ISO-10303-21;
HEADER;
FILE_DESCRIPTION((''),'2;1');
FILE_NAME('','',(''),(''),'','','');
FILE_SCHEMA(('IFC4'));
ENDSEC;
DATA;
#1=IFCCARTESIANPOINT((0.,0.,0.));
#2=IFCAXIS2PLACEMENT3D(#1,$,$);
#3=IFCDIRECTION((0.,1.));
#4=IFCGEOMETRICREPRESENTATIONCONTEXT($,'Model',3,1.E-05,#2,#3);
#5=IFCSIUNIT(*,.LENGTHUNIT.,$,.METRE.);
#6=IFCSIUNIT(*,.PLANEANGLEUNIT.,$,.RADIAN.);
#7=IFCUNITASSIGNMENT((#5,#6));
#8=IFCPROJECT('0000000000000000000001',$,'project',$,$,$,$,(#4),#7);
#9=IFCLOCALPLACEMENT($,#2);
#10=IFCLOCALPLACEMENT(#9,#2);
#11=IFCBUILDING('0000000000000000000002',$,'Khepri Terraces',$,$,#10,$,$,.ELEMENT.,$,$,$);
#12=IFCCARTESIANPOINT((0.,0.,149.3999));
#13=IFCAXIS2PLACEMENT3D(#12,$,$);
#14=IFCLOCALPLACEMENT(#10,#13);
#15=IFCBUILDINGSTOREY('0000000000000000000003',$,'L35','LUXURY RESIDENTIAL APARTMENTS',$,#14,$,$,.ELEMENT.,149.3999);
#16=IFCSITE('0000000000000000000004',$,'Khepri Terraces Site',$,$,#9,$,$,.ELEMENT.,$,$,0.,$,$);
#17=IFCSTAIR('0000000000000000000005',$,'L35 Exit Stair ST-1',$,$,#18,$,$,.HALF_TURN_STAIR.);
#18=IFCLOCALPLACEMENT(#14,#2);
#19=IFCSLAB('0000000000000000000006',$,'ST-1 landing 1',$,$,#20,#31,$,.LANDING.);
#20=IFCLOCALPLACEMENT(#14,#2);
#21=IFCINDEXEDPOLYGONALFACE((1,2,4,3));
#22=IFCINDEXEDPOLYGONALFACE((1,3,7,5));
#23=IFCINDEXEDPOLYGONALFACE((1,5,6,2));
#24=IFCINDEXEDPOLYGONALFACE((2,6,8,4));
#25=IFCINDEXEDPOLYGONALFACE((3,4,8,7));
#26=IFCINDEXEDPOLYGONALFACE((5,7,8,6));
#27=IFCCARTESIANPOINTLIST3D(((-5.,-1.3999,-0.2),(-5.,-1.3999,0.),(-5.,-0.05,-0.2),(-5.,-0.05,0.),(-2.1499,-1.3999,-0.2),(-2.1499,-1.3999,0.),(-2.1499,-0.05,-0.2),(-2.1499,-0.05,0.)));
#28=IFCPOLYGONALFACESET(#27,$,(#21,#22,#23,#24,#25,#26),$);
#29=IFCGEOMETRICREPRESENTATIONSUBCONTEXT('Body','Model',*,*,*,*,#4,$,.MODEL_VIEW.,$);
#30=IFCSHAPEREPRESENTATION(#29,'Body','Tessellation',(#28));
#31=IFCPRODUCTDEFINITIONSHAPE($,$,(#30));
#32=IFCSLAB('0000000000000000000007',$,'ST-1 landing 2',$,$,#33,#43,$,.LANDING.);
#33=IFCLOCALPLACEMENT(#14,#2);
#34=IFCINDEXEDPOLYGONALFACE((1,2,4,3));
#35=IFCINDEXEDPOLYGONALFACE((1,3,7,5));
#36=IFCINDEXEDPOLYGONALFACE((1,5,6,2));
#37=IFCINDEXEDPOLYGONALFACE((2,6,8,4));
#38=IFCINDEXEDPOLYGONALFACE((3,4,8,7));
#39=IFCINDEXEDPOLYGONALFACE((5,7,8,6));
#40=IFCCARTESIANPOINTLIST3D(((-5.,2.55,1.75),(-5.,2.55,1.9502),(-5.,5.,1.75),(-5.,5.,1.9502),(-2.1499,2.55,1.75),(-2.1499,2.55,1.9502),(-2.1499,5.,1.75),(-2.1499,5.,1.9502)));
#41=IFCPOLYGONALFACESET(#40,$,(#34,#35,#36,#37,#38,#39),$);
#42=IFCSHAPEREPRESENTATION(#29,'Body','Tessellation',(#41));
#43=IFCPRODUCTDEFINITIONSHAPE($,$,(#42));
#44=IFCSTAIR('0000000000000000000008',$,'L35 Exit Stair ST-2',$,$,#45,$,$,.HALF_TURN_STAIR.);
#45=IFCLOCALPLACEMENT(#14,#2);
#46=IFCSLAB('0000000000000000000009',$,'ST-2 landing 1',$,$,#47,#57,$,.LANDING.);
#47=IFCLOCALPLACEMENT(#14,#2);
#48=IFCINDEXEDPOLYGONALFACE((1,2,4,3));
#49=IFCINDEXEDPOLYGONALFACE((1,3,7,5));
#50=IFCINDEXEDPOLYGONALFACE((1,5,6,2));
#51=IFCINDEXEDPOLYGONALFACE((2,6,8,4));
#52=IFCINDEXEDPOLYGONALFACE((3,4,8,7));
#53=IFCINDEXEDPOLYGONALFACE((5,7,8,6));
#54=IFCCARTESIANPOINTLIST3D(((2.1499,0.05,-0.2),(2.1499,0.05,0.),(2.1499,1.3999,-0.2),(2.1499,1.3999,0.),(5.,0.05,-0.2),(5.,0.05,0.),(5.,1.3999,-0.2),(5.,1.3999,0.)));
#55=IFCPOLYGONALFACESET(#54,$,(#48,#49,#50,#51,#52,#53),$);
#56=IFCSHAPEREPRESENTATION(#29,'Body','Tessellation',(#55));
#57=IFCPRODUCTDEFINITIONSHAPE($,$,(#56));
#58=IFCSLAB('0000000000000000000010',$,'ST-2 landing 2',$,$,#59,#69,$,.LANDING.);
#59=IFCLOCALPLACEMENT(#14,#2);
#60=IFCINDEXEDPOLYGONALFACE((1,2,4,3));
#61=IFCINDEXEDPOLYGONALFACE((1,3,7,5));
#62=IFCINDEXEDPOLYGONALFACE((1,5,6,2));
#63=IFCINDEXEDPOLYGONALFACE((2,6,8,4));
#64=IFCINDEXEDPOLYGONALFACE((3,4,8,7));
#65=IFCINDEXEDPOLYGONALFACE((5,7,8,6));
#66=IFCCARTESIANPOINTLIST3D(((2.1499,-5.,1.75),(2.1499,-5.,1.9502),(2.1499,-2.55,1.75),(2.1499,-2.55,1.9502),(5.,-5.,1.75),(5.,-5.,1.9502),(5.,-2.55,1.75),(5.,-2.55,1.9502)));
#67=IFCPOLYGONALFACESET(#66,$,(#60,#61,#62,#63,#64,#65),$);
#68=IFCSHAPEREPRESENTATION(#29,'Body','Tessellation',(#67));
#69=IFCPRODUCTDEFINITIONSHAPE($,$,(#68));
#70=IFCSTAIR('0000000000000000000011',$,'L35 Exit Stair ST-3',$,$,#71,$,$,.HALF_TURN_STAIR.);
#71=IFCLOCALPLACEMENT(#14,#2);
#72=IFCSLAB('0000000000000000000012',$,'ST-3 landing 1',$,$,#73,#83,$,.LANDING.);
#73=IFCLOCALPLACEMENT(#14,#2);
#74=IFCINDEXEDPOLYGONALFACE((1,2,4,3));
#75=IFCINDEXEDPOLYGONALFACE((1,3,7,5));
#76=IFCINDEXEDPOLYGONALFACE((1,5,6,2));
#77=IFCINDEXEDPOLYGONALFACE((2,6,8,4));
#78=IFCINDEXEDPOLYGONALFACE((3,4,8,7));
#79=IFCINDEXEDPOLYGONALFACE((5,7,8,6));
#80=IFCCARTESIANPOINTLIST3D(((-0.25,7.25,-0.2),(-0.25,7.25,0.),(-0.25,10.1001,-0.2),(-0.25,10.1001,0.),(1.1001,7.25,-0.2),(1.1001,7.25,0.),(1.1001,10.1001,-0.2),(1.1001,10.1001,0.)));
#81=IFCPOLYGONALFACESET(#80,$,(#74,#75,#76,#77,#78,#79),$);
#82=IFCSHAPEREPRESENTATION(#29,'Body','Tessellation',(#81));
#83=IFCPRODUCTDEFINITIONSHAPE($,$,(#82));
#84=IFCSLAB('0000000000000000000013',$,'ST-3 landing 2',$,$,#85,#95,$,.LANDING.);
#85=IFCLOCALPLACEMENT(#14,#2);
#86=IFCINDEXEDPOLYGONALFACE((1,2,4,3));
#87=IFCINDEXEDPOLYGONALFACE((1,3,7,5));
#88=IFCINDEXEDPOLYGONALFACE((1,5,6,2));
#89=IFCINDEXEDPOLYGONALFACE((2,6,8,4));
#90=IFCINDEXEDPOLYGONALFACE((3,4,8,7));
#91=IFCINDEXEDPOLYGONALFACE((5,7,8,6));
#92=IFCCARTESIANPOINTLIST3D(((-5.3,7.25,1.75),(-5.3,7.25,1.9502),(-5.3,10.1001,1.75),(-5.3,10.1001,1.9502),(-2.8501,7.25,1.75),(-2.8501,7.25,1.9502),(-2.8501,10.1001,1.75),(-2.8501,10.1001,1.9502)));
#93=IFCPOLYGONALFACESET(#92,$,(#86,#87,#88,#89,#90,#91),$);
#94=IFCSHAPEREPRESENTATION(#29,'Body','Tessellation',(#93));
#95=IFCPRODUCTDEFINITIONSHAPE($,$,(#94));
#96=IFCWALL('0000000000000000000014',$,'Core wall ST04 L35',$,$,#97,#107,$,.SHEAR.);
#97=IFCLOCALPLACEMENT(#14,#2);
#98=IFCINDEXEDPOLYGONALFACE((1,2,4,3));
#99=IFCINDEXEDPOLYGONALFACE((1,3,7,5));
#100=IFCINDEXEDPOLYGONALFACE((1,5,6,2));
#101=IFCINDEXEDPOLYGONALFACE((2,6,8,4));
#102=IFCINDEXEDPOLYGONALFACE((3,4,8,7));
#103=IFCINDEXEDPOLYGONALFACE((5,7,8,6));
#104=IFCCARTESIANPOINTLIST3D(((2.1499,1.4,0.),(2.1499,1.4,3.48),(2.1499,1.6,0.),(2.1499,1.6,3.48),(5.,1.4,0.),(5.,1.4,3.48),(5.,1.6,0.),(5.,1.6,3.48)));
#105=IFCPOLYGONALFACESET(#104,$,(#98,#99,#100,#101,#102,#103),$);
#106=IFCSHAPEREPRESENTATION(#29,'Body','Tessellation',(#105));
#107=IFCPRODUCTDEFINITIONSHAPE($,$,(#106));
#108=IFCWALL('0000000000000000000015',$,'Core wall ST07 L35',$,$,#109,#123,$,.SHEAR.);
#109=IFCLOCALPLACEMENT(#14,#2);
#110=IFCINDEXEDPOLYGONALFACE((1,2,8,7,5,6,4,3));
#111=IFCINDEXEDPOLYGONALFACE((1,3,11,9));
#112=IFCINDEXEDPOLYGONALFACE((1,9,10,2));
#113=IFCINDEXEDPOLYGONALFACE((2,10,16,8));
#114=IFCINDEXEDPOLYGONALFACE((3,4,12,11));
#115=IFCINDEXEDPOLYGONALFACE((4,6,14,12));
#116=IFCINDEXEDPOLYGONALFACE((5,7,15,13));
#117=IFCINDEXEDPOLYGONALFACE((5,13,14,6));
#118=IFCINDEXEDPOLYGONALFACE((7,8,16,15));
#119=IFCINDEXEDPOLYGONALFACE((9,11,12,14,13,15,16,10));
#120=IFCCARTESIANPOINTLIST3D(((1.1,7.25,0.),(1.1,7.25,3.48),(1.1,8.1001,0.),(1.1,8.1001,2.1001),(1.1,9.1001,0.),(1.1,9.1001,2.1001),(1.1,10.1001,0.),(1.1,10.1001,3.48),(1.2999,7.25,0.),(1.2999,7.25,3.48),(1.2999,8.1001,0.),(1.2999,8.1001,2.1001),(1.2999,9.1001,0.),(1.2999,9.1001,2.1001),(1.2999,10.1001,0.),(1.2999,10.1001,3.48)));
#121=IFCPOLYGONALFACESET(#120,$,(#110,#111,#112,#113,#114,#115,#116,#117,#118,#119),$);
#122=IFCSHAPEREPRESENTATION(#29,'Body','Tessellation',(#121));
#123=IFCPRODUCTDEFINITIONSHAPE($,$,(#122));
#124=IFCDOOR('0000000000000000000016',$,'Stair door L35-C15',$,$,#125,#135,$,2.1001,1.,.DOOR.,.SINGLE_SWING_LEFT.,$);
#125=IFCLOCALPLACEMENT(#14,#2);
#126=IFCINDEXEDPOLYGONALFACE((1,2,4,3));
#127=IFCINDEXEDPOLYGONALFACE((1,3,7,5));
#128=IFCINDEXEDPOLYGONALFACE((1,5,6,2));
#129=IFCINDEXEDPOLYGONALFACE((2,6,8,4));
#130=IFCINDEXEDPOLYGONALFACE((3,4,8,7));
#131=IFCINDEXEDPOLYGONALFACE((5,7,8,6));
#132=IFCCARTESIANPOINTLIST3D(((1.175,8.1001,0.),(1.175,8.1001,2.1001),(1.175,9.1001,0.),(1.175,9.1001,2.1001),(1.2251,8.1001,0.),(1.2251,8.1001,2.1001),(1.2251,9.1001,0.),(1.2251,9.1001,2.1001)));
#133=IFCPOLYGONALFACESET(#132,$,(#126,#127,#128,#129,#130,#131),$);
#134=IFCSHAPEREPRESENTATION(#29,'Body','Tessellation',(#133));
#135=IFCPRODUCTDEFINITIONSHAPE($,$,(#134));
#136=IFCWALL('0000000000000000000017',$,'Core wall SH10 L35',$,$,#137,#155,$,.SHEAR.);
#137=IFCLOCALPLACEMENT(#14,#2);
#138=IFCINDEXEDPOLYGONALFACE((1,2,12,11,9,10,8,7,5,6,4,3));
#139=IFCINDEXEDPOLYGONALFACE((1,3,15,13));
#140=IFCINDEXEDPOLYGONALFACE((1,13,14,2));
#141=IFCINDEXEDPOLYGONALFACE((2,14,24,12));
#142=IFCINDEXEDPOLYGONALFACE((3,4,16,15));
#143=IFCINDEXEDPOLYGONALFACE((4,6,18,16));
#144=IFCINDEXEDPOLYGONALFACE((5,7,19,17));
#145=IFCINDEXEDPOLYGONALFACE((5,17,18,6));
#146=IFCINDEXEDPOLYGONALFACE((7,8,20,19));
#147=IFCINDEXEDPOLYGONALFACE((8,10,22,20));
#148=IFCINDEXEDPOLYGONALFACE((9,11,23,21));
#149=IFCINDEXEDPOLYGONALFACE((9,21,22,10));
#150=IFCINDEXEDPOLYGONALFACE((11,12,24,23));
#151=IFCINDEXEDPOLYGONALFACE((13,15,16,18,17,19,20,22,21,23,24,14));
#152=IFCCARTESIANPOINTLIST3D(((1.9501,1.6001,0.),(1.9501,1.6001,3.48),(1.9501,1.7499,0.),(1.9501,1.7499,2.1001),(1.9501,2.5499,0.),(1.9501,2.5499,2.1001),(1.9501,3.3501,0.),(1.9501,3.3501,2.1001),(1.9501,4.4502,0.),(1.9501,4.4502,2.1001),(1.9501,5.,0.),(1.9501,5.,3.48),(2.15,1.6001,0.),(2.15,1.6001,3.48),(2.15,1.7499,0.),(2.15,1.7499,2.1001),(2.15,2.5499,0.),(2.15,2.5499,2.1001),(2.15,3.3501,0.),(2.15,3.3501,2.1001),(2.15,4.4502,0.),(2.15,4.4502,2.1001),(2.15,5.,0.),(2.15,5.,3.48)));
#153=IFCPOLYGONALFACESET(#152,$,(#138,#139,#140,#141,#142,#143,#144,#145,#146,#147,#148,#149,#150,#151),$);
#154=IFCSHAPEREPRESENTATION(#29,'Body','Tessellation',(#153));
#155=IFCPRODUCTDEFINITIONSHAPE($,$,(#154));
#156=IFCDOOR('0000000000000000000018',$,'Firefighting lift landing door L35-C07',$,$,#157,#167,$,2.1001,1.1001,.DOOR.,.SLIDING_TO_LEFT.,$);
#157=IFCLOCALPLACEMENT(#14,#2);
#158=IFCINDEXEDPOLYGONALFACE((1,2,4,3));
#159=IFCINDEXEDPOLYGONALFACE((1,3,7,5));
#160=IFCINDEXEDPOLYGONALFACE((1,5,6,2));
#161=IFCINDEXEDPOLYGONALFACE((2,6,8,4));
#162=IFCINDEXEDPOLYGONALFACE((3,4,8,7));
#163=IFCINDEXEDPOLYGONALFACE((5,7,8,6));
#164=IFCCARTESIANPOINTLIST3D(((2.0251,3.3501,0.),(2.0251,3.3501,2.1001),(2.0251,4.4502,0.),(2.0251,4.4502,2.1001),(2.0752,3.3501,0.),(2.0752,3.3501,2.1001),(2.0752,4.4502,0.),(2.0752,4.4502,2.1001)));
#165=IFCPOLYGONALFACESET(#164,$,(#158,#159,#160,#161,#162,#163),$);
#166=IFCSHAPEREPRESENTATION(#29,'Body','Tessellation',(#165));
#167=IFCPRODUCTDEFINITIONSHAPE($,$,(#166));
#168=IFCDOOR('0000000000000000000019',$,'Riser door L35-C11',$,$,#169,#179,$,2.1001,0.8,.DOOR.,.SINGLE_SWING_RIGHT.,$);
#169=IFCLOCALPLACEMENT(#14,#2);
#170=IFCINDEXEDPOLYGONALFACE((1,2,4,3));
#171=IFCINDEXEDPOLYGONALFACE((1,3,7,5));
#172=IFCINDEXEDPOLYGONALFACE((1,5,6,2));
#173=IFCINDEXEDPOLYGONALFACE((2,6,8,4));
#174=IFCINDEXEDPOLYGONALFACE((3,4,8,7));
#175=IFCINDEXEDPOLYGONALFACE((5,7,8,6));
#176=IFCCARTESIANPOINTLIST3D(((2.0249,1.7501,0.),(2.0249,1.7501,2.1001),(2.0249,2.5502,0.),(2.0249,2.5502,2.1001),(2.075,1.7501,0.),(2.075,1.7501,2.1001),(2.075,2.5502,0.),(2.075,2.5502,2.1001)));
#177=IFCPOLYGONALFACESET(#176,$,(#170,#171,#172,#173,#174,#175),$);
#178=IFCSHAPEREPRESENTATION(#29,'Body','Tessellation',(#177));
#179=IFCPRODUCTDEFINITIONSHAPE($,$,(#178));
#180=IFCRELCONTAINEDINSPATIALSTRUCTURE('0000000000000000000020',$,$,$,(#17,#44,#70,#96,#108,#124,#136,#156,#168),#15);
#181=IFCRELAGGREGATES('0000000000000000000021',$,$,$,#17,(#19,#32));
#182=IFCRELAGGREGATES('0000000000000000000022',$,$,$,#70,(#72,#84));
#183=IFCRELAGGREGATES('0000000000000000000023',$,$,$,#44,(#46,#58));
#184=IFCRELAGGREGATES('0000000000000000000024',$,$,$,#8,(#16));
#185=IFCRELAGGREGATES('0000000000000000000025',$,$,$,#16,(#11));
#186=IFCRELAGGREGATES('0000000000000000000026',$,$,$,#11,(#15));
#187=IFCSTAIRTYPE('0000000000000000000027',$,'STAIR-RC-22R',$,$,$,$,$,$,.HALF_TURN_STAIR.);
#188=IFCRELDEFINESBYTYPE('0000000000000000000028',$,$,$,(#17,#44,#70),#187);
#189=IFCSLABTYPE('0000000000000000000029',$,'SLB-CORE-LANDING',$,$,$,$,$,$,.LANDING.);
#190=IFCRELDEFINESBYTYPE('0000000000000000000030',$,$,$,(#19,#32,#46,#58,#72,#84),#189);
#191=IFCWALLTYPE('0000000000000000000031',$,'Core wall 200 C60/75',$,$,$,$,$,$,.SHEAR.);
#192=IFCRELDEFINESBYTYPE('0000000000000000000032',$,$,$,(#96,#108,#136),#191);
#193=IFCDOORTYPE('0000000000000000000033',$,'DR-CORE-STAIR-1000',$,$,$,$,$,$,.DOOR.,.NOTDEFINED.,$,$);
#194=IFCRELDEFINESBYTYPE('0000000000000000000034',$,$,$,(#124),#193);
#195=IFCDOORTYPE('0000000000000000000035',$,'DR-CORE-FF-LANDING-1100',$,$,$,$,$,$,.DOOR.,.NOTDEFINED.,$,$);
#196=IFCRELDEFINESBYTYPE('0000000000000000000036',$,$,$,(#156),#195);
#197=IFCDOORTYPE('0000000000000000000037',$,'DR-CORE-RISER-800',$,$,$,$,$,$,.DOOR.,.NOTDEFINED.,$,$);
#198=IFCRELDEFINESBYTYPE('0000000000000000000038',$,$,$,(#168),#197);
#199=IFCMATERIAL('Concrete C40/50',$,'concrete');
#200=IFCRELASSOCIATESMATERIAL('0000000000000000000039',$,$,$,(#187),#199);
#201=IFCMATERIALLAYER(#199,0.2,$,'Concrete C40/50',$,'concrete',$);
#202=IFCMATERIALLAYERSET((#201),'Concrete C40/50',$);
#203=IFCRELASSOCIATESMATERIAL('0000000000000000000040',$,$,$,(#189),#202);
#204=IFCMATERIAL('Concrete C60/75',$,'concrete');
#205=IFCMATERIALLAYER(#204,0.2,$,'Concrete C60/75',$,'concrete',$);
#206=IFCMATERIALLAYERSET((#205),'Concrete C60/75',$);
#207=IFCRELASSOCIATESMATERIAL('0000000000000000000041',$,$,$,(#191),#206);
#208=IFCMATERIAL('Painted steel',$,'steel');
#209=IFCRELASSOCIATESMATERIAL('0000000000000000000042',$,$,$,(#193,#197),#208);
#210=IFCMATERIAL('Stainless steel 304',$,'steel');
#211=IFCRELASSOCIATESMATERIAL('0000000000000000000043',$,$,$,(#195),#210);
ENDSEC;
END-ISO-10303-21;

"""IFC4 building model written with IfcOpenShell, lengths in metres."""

from ifc_helpers import new_model, si_unit, direction, frame, frame_2d, origin, place, context, subcontext, project, spatial, polyline, rectangle, outline, extrude, material, layer, layer_set, type_object, element, fill, aggregate, save


model = new_model("IFC4")

# Units and contexts
model_context = context("Model", 3, precision=1e-05, world=origin(), true_north=direction((0.0, 1.0)))
body_context = subcontext(model_context, "Body", "Model", "MODEL_VIEW")
ifc_project = project(units=[si_unit("LENGTHUNIT", "METRE"), si_unit("PLANEANGLEUNIT", "RADIAN")], contexts=[model_context])

# Site, building, storey
site_placement = place(None, origin())
site = spatial("IfcSite", under=ifc_project, at=site_placement, Name="Khepri Terraces Site", CompositionType="ELEMENT", RefElevation=0.0)
building_placement = place(site_placement, origin())
building = spatial("IfcBuilding", under=site, at=building_placement, Name="Khepri Terraces", CompositionType="ELEMENT")
storey_placement = place(building_placement, frame((0.0, 0.0, 149.3999)))
storey = spatial("IfcBuildingStorey", under=building, at=storey_placement, Name="L35", Description="LUXURY RESIDENTIAL APARTMENTS", CompositionType="ELEMENT", Elevation=149.3999)

# Stairs, slabs
ifc_material_1 = material(Name="Concrete C40/50", Category="concrete")
stair_type = type_object("IfcStairType", Name="STAIR-RC-22R", PredefinedType="HALF_TURN_STAIR", material=ifc_material_1)
stair_1_placement = place(storey_placement, origin())
stair_1 = element("IfcStair", 1, at=stair_1_placement, inside=storey, type_object=stair_type, Name="L35 Exit Stair ST-1", PredefinedType="HALF_TURN_STAIR")
ifc_layer_1 = layer(ifc_material_1, 0.2, Name="Concrete C40/50", Category="concrete")
ifc_layer_set_1 = layer_set([ifc_layer_1], Name="Concrete C40/50")
slab_type = type_object("IfcSlabType", Name="SLB-CORE-LANDING", PredefinedType="LANDING", material=ifc_layer_set_1)
slab_1_placement = place(storey_placement, frame((0.0, 0.0, -0.2)))
slab_1 = element("IfcSlab", 2, at=slab_1_placement, type_object=slab_type, Name="ST-1 landing 1", PredefinedType="LANDING", context=body_context, shape_type="SweptSolid", body=[
    extrude(outline(polyline([(-2.1499, -1.3999), (-2.1499, -0.05), (-5.0, -0.05), (-5.0, -1.3999), (-2.1499, -1.3999)])), origin(), (0.0, 0.0, 1.0), 0.2),
])
slab_2_placement = place(storey_placement, frame((0.0, 0.0, 1.75)))
slab_2 = element("IfcSlab", 3, at=slab_2_placement, type_object=slab_type, Name="ST-1 landing 2", PredefinedType="LANDING", context=body_context, shape_type="SweptSolid", body=[
    extrude(outline(polyline([(-2.1499, 2.55), (-2.1499, 5.0), (-5.0, 5.0), (-5.0, 2.55), (-2.1499, 2.55)])), origin(), (0.0, 0.0, 1.0), 0.2002),
])
aggregate(stair_1, [slab_1, slab_2])
stair_2_placement = place(storey_placement, origin())
stair_2 = element("IfcStair", 4, at=stair_2_placement, inside=storey, type_object=stair_type, Name="L35 Exit Stair ST-2", PredefinedType="HALF_TURN_STAIR")
slab_3_placement = place(storey_placement, frame((0.0, 0.0, -0.2)))
slab_3 = element("IfcSlab", 5, at=slab_3_placement, type_object=slab_type, Name="ST-2 landing 1", PredefinedType="LANDING", context=body_context, shape_type="SweptSolid", body=[
    extrude(outline(polyline([(2.1499, 1.3999), (2.1499, 0.05), (5.0, 0.05), (5.0, 1.3999), (2.1499, 1.3999)])), origin(), (0.0, 0.0, 1.0), 0.2),
])
slab_4_placement = place(storey_placement, frame((0.0, 0.0, 1.75)))
slab_4 = element("IfcSlab", 6, at=slab_4_placement, type_object=slab_type, Name="ST-2 landing 2", PredefinedType="LANDING", context=body_context, shape_type="SweptSolid", body=[
    extrude(outline(polyline([(2.1499, -2.55), (2.1499, -5.0), (5.0, -5.0), (5.0, -2.55), (2.1499, -2.55)])), origin(), (0.0, 0.0, 1.0), 0.2002),
])
stair_3_placement = place(storey_placement, origin())
stair_3 = element("IfcStair", 7, at=stair_3_placement, inside=storey, type_object=stair_type, Name="L35 Exit Stair ST-3", PredefinedType="HALF_TURN_STAIR")
slab_5_placement = place(storey_placement, frame((0.0, 0.0, -0.2)))
slab_5 = element("IfcSlab", 8, at=slab_5_placement, type_object=slab_type, Name="ST-3 landing 1", PredefinedType="LANDING", context=body_context, shape_type="SweptSolid", body=[
    extrude(outline(polyline([(1.1001, 10.1001), (-0.25, 10.1001), (-0.25, 7.25), (1.1001, 7.25), (1.1001, 10.1001)])), origin(), (0.0, 0.0, 1.0), 0.2),
])
slab_6_placement = place(storey_placement, frame((0.0, 0.0, 1.75)))
slab_6 = element("IfcSlab", 9, at=slab_6_placement, type_object=slab_type, Name="ST-3 landing 2", PredefinedType="LANDING", context=body_context, shape_type="SweptSolid", body=[
    extrude(outline(polyline([(-2.8501, 10.1001), (-5.3, 10.1001), (-5.3, 7.25), (-2.8501, 7.25), (-2.8501, 10.1001)])), origin(), (0.0, 0.0, 1.0), 0.2002),
])
aggregate(stair_3, [slab_5, slab_6])

# Wall
ifc_material_2 = material(Name="Concrete C60/75", Category="concrete")
ifc_layer_2 = layer(ifc_material_2, 0.2, Name="Concrete C60/75", Category="concrete")
ifc_layer_set_2 = layer_set([ifc_layer_2], Name="Concrete C60/75")
wall_type = type_object("IfcWallType", Name="Core wall 200 C60/75", PredefinedType="SHEAR", material=ifc_layer_set_2)
wall_1_placement = place(storey_placement, frame((2.1499, 1.5, 0.0), z_axis=(0.0, 0.0, 1.0), x_axis=(1.0, 0.0, 0.0)))
element("IfcWall", 10, at=wall_1_placement, inside=storey, type_object=wall_type, Name="Core wall ST04 L35", PredefinedType="SHEAR", context=body_context, shape_type="SweptSolid", body=[
    extrude(rectangle(XDim=2.8501, YDim=0.2, at=frame_2d((1.425, 0.0))), origin(), (0.0, 0.0, 1.0), 3.48),
])

# Wall, opening, door
wall_2_placement = place(storey_placement, frame((1.2, 7.25, 0.0), z_axis=(0.0, 0.0, 1.0), x_axis=(0.0, 1.0, 0.0)))
wall_2 = element("IfcWall", 11, at=wall_2_placement, inside=storey, type_object=wall_type, Name="Core wall ST07 L35", PredefinedType="SHEAR", context=body_context, shape_type="SweptSolid", body=[
    extrude(rectangle(XDim=2.8501, YDim=0.2, at=frame_2d((1.425, 0.0))), origin(), (0.0, 0.0, 1.0), 3.48),
])
opening_1_placement = place(wall_2_placement, frame((0.8501, 0.0, 0.0)))
opening_1 = element("IfcOpeningElement", 12, at=opening_1_placement, cuts=wall_2, PredefinedType="OPENING", context=body_context, shape_type="SweptSolid", body=[
    extrude(rectangle(XDim=1.0, YDim=2.1001, at=frame_2d((0.5, 1.05))), frame((0.0, 0.1099, 0.0), z_axis=(0.0, -1.0, 0.0), x_axis=(1.0, 0.0, 0.0)), (0.0, 0.0, 1.0), 0.22),
])
ifc_material_3 = material(Name="Painted steel", Category="steel")
door_type_1 = type_object("IfcDoorType", Name="DR-CORE-STAIR-1000", OperationType="NOTDEFINED", PredefinedType="DOOR", material=ifc_material_3)
door_1_placement = place(opening_1_placement, origin())
door_1 = element("IfcDoor", 13, at=door_1_placement, inside=storey, type_object=door_type_1, Name="Stair door L35-C15", OperationType="SINGLE_SWING_LEFT", OverallHeight=2.1001, OverallWidth=1.0, PredefinedType="DOOR", context=body_context, shape_type="SweptSolid", body=[
    extrude(rectangle(XDim=1.0, YDim=2.1001, at=frame_2d((0.5, 1.05))), frame((0.0, 0.0249, 0.0), z_axis=(0.0, -1.0, 0.0), x_axis=(1.0, 0.0, 0.0)), (0.0, 0.0, 1.0), 0.05),
])
fill(opening_1, door_1)

# Wall, openings, doors
wall_3_placement = place(storey_placement, frame((2.05, 1.6001, 0.0), z_axis=(0.0, 0.0, 1.0), x_axis=(0.0, 1.0, 0.0)))
wall_3 = element("IfcWall", 14, at=wall_3_placement, inside=storey, type_object=wall_type, Name="Core wall SH10 L35", PredefinedType="SHEAR", context=body_context, shape_type="SweptSolid", body=[
    extrude(rectangle(XDim=3.3999, YDim=0.2, at=frame_2d((1.7, 0.0))), origin(), (0.0, 0.0, 1.0), 3.48),
])
opening_2_placement = place(wall_3_placement, frame((1.75, 0.0, 0.0)))
opening_2 = element("IfcOpeningElement", 15, at=opening_2_placement, cuts=wall_3, PredefinedType="OPENING", context=body_context, shape_type="SweptSolid", body=[
    extrude(rectangle(XDim=1.1001, YDim=2.1001, at=frame_2d((0.55, 1.05))), frame((0.0, 0.1099, 0.0), z_axis=(0.0, -1.0, 0.0), x_axis=(1.0, 0.0, 0.0)), (0.0, 0.0, 1.0), 0.22),
])
opening_3_placement = place(wall_3_placement, frame((0.1499, 0.0, 0.0)))
opening_3 = element("IfcOpeningElement", 16, at=opening_3_placement, cuts=wall_3, PredefinedType="OPENING", context=body_context, shape_type="SweptSolid", body=[
    extrude(rectangle(XDim=0.8, YDim=2.1001, at=frame_2d((0.3999, 1.05))), frame((0.0, 0.1099, 0.0), z_axis=(0.0, -1.0, 0.0), x_axis=(1.0, 0.0, 0.0)), (0.0, 0.0, 1.0), 0.22),
])
ifc_material_4 = material(Name="Stainless steel 304", Category="steel")
door_type_2 = type_object("IfcDoorType", Name="DR-CORE-FF-LANDING-1100", OperationType="NOTDEFINED", PredefinedType="DOOR", material=ifc_material_4)
door_2_placement = place(opening_2_placement, origin())
door_2 = element("IfcDoor", 17, at=door_2_placement, inside=storey, type_object=door_type_2, Name="Firefighting lift landing door L35-C07", OperationType="SLIDING_TO_LEFT", OverallHeight=2.1001, OverallWidth=1.1001, PredefinedType="DOOR", context=body_context, shape_type="SweptSolid", body=[
    extrude(rectangle(XDim=1.1001, YDim=2.1001, at=frame_2d((0.55, 1.05))), frame((0.0, 0.0249, 0.0), z_axis=(0.0, -1.0, 0.0), x_axis=(1.0, 0.0, 0.0)), (0.0, 0.0, 1.0), 0.05),
])
fill(opening_2, door_2)
door_type_3 = type_object("IfcDoorType", Name="DR-CORE-RISER-800", OperationType="NOTDEFINED", PredefinedType="DOOR", material=ifc_material_3)
door_3_placement = place(opening_3_placement, frame((0.8, 0.0, 0.0), z_axis=(0.0, 0.0, 1.0), x_axis=(-1.0, 0.0, 0.0)))
door_3 = element("IfcDoor", 18, at=door_3_placement, inside=storey, type_object=door_type_3, Name="Riser door L35-C11", OperationType="SINGLE_SWING_RIGHT", OverallHeight=2.1001, OverallWidth=0.8, PredefinedType="DOOR", context=body_context, shape_type="SweptSolid", body=[
    extrude(rectangle(XDim=0.8, YDim=2.1001, at=frame_2d((0.3999, 1.05))), frame((0.0, 0.0249, 0.0), z_axis=(0.0, -1.0, 0.0), x_axis=(1.0, 0.0, 0.0)), (0.0, 0.0, 1.0), 0.05),
])
fill(opening_3, door_3)

aggregate(stair_2, [slab_3, slab_4])

save(model, "model.ifc")
